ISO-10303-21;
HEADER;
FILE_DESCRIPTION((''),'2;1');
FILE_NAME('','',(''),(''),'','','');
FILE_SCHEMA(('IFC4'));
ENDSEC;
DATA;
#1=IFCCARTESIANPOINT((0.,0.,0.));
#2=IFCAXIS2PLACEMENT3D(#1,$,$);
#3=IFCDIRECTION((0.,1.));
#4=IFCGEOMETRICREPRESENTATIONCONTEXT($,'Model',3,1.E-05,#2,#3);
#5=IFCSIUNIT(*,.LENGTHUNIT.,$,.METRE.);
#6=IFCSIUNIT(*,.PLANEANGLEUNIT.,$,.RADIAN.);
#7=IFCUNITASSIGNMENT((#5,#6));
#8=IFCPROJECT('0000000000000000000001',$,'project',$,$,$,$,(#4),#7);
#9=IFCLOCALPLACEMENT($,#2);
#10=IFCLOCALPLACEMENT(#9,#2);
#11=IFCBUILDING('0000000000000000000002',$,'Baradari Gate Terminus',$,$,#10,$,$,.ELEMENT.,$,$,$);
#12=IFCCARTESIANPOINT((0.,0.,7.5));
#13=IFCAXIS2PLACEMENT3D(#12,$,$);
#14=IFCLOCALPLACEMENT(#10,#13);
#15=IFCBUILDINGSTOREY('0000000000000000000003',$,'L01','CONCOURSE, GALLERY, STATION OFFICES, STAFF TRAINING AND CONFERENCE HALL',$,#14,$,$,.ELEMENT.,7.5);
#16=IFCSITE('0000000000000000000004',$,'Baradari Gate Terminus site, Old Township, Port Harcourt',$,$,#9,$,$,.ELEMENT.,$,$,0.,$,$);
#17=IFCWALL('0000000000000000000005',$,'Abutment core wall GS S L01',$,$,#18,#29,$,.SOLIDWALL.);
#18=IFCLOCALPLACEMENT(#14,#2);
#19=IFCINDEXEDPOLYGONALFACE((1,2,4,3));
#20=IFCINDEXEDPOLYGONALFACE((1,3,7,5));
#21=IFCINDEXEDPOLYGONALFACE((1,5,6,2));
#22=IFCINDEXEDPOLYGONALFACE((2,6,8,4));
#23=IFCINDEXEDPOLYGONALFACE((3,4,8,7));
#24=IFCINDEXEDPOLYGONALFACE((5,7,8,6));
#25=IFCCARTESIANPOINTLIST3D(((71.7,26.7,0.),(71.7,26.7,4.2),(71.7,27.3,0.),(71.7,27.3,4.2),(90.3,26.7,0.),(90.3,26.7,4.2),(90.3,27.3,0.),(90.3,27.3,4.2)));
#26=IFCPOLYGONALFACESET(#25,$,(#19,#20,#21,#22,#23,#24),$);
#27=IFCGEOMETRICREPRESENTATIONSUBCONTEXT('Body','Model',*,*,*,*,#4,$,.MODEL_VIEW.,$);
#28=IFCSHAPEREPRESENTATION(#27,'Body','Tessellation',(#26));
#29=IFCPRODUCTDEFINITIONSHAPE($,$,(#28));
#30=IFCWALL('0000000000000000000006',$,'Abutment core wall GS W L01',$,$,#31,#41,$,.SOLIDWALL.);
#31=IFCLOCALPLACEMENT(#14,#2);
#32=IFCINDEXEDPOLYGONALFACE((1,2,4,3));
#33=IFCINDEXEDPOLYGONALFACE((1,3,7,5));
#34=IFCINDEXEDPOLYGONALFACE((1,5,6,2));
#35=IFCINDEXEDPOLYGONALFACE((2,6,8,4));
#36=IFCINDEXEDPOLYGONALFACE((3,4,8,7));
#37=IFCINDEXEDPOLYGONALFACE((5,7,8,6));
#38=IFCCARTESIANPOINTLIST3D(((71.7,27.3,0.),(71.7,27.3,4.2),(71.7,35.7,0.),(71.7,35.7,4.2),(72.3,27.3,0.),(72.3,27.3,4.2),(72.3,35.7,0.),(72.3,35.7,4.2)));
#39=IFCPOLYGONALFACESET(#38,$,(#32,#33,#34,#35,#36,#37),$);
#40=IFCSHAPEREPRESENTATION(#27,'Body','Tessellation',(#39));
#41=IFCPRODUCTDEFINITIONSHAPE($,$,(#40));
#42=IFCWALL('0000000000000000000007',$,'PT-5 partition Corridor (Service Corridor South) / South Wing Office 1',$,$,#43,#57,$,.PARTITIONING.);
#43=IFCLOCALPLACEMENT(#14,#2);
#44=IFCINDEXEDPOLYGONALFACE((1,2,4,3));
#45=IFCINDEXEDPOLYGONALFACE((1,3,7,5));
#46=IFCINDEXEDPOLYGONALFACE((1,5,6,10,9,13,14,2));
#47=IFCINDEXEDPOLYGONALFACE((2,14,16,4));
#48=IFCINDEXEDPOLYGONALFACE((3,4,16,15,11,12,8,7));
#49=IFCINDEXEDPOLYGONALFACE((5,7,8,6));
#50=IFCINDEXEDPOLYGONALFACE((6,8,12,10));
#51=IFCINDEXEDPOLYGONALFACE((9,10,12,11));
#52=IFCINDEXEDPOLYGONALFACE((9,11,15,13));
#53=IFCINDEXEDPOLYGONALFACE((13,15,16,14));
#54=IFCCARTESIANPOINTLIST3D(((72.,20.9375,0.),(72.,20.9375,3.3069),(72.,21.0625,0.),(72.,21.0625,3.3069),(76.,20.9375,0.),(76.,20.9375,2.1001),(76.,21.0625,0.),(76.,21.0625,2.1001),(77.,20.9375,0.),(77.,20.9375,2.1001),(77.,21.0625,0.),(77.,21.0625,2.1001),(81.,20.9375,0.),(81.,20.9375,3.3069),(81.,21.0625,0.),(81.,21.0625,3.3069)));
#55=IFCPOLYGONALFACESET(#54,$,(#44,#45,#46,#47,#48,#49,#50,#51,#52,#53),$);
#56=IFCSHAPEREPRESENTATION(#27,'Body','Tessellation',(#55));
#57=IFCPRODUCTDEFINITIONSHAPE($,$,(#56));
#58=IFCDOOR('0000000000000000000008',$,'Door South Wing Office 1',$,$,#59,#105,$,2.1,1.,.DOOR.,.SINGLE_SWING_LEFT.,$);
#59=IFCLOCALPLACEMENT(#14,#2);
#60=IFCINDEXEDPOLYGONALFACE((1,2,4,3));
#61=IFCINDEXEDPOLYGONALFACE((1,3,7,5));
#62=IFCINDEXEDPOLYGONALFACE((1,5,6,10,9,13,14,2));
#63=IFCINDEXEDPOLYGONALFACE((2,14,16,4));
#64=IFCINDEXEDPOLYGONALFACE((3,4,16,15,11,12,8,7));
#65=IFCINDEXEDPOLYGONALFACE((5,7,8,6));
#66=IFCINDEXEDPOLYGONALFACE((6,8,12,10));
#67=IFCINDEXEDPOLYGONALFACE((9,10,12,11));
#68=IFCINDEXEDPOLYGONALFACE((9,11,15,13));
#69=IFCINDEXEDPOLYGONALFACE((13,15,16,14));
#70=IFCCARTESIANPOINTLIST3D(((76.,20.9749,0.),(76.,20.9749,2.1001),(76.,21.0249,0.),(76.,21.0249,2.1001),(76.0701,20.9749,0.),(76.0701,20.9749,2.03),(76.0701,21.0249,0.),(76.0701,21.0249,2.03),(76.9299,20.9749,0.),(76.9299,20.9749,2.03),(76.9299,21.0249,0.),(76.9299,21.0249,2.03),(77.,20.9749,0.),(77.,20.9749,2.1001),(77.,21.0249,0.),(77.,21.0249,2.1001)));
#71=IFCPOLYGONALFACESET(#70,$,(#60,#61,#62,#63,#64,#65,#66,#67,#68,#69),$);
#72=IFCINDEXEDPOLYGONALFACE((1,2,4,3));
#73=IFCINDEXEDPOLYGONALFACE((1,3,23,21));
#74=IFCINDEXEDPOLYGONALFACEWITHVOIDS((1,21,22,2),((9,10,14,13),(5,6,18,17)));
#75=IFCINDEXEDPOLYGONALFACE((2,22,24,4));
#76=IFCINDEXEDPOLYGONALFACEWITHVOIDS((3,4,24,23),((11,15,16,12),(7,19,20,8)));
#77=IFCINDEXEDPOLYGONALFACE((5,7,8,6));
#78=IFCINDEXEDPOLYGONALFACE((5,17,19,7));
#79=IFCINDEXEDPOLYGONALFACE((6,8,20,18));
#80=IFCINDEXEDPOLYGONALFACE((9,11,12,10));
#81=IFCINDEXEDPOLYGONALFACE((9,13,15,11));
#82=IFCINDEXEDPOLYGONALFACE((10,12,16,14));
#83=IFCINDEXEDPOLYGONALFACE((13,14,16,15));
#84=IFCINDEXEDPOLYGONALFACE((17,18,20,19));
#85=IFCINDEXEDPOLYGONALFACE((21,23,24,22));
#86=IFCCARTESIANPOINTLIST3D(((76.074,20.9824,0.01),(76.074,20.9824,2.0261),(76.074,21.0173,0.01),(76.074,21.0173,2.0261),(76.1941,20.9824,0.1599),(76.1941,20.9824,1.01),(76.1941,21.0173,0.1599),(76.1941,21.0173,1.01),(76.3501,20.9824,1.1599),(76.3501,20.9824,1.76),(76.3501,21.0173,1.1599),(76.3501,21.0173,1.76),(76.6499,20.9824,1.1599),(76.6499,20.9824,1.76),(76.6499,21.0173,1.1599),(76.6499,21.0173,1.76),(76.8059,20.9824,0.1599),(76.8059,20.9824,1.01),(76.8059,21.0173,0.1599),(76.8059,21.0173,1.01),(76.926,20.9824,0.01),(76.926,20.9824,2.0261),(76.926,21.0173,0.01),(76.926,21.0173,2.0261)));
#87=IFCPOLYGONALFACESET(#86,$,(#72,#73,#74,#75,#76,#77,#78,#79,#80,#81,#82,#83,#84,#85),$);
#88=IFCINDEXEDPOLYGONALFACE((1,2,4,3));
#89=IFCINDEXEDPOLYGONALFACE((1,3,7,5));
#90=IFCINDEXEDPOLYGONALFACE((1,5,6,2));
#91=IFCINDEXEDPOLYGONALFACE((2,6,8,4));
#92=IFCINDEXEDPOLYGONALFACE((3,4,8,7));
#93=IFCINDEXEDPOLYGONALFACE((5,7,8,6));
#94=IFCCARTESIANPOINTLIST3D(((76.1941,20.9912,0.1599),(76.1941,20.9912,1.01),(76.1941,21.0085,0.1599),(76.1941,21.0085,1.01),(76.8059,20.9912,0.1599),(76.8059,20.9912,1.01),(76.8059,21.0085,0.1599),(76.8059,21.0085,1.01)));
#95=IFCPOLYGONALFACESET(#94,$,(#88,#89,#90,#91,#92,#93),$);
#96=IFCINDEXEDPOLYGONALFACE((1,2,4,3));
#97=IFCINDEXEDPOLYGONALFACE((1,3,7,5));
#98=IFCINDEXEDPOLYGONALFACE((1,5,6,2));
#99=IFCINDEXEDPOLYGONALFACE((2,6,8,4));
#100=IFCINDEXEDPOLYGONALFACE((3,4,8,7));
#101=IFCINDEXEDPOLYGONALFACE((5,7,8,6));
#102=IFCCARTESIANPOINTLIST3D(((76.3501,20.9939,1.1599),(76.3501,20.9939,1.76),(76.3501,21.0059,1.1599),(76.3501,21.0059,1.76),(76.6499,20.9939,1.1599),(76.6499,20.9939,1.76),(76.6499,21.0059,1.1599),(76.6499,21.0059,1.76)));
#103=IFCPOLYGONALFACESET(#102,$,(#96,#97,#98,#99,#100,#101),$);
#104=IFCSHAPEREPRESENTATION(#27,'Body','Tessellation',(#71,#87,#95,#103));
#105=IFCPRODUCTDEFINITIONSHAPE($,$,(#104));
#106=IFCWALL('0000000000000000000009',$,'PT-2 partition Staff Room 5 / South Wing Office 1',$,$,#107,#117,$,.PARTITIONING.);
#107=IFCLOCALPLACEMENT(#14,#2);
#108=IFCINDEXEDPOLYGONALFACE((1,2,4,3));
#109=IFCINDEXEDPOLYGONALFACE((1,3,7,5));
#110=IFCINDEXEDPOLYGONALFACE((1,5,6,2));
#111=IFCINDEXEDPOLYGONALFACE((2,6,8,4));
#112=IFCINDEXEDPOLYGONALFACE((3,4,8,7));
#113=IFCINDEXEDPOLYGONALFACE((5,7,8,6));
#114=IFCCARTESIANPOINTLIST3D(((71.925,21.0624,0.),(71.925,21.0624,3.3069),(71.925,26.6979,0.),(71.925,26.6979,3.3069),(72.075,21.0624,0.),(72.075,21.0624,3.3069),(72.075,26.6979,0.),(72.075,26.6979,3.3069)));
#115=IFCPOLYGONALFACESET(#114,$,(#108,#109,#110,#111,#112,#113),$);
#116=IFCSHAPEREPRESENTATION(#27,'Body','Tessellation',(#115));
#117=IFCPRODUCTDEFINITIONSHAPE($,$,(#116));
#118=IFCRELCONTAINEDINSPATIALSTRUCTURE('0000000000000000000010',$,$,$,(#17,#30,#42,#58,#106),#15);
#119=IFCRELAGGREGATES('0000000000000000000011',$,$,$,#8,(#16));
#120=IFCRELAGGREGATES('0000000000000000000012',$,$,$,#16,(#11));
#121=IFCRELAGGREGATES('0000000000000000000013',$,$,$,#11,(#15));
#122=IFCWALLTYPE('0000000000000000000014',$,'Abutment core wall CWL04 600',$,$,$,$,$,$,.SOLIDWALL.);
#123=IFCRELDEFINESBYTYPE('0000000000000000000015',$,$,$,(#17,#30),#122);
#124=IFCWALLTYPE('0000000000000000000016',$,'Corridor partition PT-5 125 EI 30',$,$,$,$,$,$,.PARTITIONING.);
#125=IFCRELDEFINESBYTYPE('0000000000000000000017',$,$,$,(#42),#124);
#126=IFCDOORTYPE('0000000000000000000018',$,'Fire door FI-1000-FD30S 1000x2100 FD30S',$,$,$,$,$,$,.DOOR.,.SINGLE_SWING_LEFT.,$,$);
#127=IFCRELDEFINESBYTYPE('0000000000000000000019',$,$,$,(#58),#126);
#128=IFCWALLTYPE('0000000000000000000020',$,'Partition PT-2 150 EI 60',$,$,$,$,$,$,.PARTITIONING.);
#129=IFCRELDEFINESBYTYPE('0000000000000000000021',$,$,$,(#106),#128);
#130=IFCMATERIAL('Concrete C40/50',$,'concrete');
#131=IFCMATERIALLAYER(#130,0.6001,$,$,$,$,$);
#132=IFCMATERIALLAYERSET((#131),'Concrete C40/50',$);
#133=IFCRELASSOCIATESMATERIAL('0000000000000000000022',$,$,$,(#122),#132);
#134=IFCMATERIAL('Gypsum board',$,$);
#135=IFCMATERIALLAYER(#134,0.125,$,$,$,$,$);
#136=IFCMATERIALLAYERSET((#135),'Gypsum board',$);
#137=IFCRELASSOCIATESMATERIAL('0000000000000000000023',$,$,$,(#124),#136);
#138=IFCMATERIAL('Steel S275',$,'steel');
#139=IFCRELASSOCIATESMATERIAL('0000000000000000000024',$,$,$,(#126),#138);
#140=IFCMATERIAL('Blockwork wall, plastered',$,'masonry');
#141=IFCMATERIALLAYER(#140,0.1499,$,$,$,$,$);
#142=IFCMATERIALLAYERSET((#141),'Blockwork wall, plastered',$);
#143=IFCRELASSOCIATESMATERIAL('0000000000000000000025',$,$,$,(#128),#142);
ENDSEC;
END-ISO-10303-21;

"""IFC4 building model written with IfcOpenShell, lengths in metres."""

from ifc_helpers import new_model, si_unit, direction, frame, frame_2d, origin, place, context, subcontext, project, spatial, polyline, rectangle, outline, extrude, material, layer, layer_set, type_object, element, fill, save


model = new_model("IFC4")

# Units and contexts
model_context = context("Model", 3, precision=1e-05, world=origin(), true_north=direction((0.0, 1.0)))
body_context = subcontext(model_context, "Body", "Model", "MODEL_VIEW")
ifc_project = project(units=[si_unit("LENGTHUNIT", "METRE"), si_unit("PLANEANGLEUNIT", "RADIAN")], contexts=[model_context])

# Site, building, storey
site_placement = place(None, origin())
site = spatial("IfcSite", under=ifc_project, at=site_placement, Name="Baradari Gate Terminus site, Old Township, Port Harcourt", CompositionType="ELEMENT", RefElevation=0.0)
building_placement = place(site_placement, origin())
building = spatial("IfcBuilding", under=site, at=building_placement, Name="Baradari Gate Terminus", CompositionType="ELEMENT")
storey_placement = place(building_placement, frame((0.0, 0.0, 7.5)))
storey = spatial("IfcBuildingStorey", under=building, at=storey_placement, Name="L01", Description="CONCOURSE, GALLERY, STATION OFFICES, STAFF TRAINING AND CONFERENCE HALL", CompositionType="ELEMENT", Elevation=7.5)

# Wall
ifc_material_1 = material(Name="Concrete C40/50", Category="concrete")
ifc_layer_1 = layer(ifc_material_1, 0.6001)
ifc_layer_set_1 = layer_set([ifc_layer_1], Name="Concrete C40/50")
wall_type_1 = type_object("IfcWallType", Name="Abutment core wall CWL04 600", PredefinedType="SOLIDWALL", material=ifc_layer_set_1)
wall_1_placement = place(storey_placement, frame((71.7, 27.0, 0.0), z_axis=(0.0, 0.0, 1.0), x_axis=(1.0, 0.0, 0.0)))
element("IfcWall", 1, at=wall_1_placement, inside=storey, type_object=wall_type_1, Name="Abutment core wall GS S L01", PredefinedType="SOLIDWALL", context=body_context, shape_type="SweptSolid", body=[
    extrude(rectangle(XDim=18.6001, YDim=0.6001, at=frame_2d((9.3, 0.0))), origin(), (0.0, 0.0, 1.0), 4.2),
])

# Wall
wall_2_placement = place(storey_placement, frame((72.0, 27.3, 0.0), z_axis=(0.0, 0.0, 1.0), x_axis=(0.0, 1.0, 0.0)))
element("IfcWall", 2, at=wall_2_placement, inside=storey, type_object=wall_type_1, Name="Abutment core wall GS W L01", PredefinedType="SOLIDWALL", context=body_context, shape_type="SweptSolid", body=[
    extrude(rectangle(XDim=8.3999, YDim=0.6001, at=frame_2d((4.2, 0.0))), origin(), (0.0, 0.0, 1.0), 4.2),
])

# Wall, opening, door
ifc_material_2 = material(Name="Gypsum board")
ifc_layer_2 = layer(ifc_material_2, 0.125)
ifc_layer_set_2 = layer_set([ifc_layer_2], Name="Gypsum board")
wall_type_2 = type_object("IfcWallType", Name="Corridor partition PT-5 125 EI 30", PredefinedType="PARTITIONING", material=ifc_layer_set_2)
wall_3_placement = place(storey_placement, frame((72.0, 21.0, 0.0), z_axis=(0.0, 0.0, 1.0), x_axis=(1.0, 0.0, 0.0)))
wall_3 = element("IfcWall", 3, at=wall_3_placement, inside=storey, type_object=wall_type_2, Name="PT-5 partition Corridor (Service Corridor South) / South Wing Office 1", PredefinedType="PARTITIONING", context=body_context, shape_type="SweptSolid", body=[
    extrude(rectangle(XDim=9.0, YDim=0.125, at=frame_2d((4.5, 0.0))), origin(), (0.0, 0.0, 1.0), 3.3069),
])
opening_1_placement = place(wall_3_placement, frame((4.0, 0.0, 0.0)))
opening_1 = element("IfcOpeningElement", 4, at=opening_1_placement, cuts=wall_3, PredefinedType="OPENING", context=body_context, shape_type="SweptSolid", body=[
    extrude(rectangle(XDim=1.0, YDim=2.1001, at=frame_2d((0.5, 1.05))), frame((0.0, 0.0725, 0.0), z_axis=(0.0, -1.0, 0.0), x_axis=(1.0, 0.0, 0.0)), (0.0, 0.0, 1.0), 0.145),
])
ifc_material_3 = material(Name="Steel S275", Category="steel")
door_type_1 = type_object("IfcDoorType", Name="Fire door FI-1000-FD30S 1000x2100 FD30S", OperationType="SINGLE_SWING_LEFT", PredefinedType="DOOR", material=ifc_material_3)
door_1_placement = place(opening_1_placement, origin())
door_1 = element("IfcDoor", 5, at=door_1_placement, inside=storey, type_object=door_type_1, Name="Door South Wing Office 1", OperationType="SINGLE_SWING_LEFT", OverallHeight=2.1, OverallWidth=1.0, PredefinedType="DOOR", context=body_context, shape_type="SweptSolid", body=[
    extrude(outline(polyline([(0.0, 0.0), (0.0701, 0.0), (0.0701, 2.03), (0.9299, 2.03), (0.9299, 0.0), (1.0, 0.0), (1.0, 2.1001), (0.0, 2.1001), (0.0, 0.0)])), frame((0.0, 0.0249, 0.0), z_axis=(0.0, -1.0, 0.0), x_axis=(1.0, 0.0, 0.0)), (0.0, 0.0, 1.0), 0.05),
    extrude(outline(polyline([(0.074, 0.01), (0.926, 0.01), (0.926, 2.0261), (0.074, 2.0261), (0.074, 0.01)]), holes=[polyline([(0.1941, 0.1599), (0.8059, 0.1599), (0.8059, 1.01), (0.1941, 1.01), (0.1941, 0.1599)]), polyline([(0.3501, 1.1599), (0.6499, 1.1599), (0.6499, 1.76), (0.3501, 1.76), (0.3501, 1.1599)])]), frame((0.0, 0.0173, 0.0), z_axis=(0.0, -1.0, 0.0), x_axis=(1.0, 0.0, 0.0)), (0.0, 0.0, 1.0), 0.0349),
    extrude(rectangle(XDim=0.6118, YDim=0.8501, at=frame_2d((0.5, 0.585))), frame((0.0, 0.0085, 0.0), z_axis=(0.0, -1.0, 0.0), x_axis=(1.0, 0.0, 0.0)), (0.0, 0.0, 1.0), 0.0173),
    extrude(rectangle(XDim=0.2998, YDim=0.6001, at=frame_2d((0.5, 1.46))), frame((0.0, 0.0059, 0.0), z_axis=(0.0, -1.0, 0.0), x_axis=(1.0, 0.0, 0.0)), (0.0, 0.0, 1.0), 0.012),
])
fill(opening_1, door_1)

# Wall
ifc_material_4 = material(Name="Blockwork wall, plastered", Category="masonry")
ifc_layer_3 = layer(ifc_material_4, 0.1499)
ifc_layer_set_3 = layer_set([ifc_layer_3], Name="Blockwork wall, plastered")
wall_type_3 = type_object("IfcWallType", Name="Partition PT-2 150 EI 60", PredefinedType="PARTITIONING", material=ifc_layer_set_3)
wall_4_placement = place(storey_placement, frame((72.0, 26.698, 0.0), z_axis=(0.0, 0.0, 1.0), x_axis=(0.0, -1.0, 0.0)))
element("IfcWall", 6, at=wall_4_placement, inside=storey, type_object=wall_type_3, Name="PT-2 partition Staff Room 5 / South Wing Office 1", PredefinedType="PARTITIONING", context=body_context, shape_type="SweptSolid", body=[
    extrude(rectangle(XDim=5.6355, YDim=0.1499, at=frame_2d((2.8179, 0.0))), origin(), (0.0, 0.0, 1.0), 3.3069),
])

save(model, "model.ifc")
